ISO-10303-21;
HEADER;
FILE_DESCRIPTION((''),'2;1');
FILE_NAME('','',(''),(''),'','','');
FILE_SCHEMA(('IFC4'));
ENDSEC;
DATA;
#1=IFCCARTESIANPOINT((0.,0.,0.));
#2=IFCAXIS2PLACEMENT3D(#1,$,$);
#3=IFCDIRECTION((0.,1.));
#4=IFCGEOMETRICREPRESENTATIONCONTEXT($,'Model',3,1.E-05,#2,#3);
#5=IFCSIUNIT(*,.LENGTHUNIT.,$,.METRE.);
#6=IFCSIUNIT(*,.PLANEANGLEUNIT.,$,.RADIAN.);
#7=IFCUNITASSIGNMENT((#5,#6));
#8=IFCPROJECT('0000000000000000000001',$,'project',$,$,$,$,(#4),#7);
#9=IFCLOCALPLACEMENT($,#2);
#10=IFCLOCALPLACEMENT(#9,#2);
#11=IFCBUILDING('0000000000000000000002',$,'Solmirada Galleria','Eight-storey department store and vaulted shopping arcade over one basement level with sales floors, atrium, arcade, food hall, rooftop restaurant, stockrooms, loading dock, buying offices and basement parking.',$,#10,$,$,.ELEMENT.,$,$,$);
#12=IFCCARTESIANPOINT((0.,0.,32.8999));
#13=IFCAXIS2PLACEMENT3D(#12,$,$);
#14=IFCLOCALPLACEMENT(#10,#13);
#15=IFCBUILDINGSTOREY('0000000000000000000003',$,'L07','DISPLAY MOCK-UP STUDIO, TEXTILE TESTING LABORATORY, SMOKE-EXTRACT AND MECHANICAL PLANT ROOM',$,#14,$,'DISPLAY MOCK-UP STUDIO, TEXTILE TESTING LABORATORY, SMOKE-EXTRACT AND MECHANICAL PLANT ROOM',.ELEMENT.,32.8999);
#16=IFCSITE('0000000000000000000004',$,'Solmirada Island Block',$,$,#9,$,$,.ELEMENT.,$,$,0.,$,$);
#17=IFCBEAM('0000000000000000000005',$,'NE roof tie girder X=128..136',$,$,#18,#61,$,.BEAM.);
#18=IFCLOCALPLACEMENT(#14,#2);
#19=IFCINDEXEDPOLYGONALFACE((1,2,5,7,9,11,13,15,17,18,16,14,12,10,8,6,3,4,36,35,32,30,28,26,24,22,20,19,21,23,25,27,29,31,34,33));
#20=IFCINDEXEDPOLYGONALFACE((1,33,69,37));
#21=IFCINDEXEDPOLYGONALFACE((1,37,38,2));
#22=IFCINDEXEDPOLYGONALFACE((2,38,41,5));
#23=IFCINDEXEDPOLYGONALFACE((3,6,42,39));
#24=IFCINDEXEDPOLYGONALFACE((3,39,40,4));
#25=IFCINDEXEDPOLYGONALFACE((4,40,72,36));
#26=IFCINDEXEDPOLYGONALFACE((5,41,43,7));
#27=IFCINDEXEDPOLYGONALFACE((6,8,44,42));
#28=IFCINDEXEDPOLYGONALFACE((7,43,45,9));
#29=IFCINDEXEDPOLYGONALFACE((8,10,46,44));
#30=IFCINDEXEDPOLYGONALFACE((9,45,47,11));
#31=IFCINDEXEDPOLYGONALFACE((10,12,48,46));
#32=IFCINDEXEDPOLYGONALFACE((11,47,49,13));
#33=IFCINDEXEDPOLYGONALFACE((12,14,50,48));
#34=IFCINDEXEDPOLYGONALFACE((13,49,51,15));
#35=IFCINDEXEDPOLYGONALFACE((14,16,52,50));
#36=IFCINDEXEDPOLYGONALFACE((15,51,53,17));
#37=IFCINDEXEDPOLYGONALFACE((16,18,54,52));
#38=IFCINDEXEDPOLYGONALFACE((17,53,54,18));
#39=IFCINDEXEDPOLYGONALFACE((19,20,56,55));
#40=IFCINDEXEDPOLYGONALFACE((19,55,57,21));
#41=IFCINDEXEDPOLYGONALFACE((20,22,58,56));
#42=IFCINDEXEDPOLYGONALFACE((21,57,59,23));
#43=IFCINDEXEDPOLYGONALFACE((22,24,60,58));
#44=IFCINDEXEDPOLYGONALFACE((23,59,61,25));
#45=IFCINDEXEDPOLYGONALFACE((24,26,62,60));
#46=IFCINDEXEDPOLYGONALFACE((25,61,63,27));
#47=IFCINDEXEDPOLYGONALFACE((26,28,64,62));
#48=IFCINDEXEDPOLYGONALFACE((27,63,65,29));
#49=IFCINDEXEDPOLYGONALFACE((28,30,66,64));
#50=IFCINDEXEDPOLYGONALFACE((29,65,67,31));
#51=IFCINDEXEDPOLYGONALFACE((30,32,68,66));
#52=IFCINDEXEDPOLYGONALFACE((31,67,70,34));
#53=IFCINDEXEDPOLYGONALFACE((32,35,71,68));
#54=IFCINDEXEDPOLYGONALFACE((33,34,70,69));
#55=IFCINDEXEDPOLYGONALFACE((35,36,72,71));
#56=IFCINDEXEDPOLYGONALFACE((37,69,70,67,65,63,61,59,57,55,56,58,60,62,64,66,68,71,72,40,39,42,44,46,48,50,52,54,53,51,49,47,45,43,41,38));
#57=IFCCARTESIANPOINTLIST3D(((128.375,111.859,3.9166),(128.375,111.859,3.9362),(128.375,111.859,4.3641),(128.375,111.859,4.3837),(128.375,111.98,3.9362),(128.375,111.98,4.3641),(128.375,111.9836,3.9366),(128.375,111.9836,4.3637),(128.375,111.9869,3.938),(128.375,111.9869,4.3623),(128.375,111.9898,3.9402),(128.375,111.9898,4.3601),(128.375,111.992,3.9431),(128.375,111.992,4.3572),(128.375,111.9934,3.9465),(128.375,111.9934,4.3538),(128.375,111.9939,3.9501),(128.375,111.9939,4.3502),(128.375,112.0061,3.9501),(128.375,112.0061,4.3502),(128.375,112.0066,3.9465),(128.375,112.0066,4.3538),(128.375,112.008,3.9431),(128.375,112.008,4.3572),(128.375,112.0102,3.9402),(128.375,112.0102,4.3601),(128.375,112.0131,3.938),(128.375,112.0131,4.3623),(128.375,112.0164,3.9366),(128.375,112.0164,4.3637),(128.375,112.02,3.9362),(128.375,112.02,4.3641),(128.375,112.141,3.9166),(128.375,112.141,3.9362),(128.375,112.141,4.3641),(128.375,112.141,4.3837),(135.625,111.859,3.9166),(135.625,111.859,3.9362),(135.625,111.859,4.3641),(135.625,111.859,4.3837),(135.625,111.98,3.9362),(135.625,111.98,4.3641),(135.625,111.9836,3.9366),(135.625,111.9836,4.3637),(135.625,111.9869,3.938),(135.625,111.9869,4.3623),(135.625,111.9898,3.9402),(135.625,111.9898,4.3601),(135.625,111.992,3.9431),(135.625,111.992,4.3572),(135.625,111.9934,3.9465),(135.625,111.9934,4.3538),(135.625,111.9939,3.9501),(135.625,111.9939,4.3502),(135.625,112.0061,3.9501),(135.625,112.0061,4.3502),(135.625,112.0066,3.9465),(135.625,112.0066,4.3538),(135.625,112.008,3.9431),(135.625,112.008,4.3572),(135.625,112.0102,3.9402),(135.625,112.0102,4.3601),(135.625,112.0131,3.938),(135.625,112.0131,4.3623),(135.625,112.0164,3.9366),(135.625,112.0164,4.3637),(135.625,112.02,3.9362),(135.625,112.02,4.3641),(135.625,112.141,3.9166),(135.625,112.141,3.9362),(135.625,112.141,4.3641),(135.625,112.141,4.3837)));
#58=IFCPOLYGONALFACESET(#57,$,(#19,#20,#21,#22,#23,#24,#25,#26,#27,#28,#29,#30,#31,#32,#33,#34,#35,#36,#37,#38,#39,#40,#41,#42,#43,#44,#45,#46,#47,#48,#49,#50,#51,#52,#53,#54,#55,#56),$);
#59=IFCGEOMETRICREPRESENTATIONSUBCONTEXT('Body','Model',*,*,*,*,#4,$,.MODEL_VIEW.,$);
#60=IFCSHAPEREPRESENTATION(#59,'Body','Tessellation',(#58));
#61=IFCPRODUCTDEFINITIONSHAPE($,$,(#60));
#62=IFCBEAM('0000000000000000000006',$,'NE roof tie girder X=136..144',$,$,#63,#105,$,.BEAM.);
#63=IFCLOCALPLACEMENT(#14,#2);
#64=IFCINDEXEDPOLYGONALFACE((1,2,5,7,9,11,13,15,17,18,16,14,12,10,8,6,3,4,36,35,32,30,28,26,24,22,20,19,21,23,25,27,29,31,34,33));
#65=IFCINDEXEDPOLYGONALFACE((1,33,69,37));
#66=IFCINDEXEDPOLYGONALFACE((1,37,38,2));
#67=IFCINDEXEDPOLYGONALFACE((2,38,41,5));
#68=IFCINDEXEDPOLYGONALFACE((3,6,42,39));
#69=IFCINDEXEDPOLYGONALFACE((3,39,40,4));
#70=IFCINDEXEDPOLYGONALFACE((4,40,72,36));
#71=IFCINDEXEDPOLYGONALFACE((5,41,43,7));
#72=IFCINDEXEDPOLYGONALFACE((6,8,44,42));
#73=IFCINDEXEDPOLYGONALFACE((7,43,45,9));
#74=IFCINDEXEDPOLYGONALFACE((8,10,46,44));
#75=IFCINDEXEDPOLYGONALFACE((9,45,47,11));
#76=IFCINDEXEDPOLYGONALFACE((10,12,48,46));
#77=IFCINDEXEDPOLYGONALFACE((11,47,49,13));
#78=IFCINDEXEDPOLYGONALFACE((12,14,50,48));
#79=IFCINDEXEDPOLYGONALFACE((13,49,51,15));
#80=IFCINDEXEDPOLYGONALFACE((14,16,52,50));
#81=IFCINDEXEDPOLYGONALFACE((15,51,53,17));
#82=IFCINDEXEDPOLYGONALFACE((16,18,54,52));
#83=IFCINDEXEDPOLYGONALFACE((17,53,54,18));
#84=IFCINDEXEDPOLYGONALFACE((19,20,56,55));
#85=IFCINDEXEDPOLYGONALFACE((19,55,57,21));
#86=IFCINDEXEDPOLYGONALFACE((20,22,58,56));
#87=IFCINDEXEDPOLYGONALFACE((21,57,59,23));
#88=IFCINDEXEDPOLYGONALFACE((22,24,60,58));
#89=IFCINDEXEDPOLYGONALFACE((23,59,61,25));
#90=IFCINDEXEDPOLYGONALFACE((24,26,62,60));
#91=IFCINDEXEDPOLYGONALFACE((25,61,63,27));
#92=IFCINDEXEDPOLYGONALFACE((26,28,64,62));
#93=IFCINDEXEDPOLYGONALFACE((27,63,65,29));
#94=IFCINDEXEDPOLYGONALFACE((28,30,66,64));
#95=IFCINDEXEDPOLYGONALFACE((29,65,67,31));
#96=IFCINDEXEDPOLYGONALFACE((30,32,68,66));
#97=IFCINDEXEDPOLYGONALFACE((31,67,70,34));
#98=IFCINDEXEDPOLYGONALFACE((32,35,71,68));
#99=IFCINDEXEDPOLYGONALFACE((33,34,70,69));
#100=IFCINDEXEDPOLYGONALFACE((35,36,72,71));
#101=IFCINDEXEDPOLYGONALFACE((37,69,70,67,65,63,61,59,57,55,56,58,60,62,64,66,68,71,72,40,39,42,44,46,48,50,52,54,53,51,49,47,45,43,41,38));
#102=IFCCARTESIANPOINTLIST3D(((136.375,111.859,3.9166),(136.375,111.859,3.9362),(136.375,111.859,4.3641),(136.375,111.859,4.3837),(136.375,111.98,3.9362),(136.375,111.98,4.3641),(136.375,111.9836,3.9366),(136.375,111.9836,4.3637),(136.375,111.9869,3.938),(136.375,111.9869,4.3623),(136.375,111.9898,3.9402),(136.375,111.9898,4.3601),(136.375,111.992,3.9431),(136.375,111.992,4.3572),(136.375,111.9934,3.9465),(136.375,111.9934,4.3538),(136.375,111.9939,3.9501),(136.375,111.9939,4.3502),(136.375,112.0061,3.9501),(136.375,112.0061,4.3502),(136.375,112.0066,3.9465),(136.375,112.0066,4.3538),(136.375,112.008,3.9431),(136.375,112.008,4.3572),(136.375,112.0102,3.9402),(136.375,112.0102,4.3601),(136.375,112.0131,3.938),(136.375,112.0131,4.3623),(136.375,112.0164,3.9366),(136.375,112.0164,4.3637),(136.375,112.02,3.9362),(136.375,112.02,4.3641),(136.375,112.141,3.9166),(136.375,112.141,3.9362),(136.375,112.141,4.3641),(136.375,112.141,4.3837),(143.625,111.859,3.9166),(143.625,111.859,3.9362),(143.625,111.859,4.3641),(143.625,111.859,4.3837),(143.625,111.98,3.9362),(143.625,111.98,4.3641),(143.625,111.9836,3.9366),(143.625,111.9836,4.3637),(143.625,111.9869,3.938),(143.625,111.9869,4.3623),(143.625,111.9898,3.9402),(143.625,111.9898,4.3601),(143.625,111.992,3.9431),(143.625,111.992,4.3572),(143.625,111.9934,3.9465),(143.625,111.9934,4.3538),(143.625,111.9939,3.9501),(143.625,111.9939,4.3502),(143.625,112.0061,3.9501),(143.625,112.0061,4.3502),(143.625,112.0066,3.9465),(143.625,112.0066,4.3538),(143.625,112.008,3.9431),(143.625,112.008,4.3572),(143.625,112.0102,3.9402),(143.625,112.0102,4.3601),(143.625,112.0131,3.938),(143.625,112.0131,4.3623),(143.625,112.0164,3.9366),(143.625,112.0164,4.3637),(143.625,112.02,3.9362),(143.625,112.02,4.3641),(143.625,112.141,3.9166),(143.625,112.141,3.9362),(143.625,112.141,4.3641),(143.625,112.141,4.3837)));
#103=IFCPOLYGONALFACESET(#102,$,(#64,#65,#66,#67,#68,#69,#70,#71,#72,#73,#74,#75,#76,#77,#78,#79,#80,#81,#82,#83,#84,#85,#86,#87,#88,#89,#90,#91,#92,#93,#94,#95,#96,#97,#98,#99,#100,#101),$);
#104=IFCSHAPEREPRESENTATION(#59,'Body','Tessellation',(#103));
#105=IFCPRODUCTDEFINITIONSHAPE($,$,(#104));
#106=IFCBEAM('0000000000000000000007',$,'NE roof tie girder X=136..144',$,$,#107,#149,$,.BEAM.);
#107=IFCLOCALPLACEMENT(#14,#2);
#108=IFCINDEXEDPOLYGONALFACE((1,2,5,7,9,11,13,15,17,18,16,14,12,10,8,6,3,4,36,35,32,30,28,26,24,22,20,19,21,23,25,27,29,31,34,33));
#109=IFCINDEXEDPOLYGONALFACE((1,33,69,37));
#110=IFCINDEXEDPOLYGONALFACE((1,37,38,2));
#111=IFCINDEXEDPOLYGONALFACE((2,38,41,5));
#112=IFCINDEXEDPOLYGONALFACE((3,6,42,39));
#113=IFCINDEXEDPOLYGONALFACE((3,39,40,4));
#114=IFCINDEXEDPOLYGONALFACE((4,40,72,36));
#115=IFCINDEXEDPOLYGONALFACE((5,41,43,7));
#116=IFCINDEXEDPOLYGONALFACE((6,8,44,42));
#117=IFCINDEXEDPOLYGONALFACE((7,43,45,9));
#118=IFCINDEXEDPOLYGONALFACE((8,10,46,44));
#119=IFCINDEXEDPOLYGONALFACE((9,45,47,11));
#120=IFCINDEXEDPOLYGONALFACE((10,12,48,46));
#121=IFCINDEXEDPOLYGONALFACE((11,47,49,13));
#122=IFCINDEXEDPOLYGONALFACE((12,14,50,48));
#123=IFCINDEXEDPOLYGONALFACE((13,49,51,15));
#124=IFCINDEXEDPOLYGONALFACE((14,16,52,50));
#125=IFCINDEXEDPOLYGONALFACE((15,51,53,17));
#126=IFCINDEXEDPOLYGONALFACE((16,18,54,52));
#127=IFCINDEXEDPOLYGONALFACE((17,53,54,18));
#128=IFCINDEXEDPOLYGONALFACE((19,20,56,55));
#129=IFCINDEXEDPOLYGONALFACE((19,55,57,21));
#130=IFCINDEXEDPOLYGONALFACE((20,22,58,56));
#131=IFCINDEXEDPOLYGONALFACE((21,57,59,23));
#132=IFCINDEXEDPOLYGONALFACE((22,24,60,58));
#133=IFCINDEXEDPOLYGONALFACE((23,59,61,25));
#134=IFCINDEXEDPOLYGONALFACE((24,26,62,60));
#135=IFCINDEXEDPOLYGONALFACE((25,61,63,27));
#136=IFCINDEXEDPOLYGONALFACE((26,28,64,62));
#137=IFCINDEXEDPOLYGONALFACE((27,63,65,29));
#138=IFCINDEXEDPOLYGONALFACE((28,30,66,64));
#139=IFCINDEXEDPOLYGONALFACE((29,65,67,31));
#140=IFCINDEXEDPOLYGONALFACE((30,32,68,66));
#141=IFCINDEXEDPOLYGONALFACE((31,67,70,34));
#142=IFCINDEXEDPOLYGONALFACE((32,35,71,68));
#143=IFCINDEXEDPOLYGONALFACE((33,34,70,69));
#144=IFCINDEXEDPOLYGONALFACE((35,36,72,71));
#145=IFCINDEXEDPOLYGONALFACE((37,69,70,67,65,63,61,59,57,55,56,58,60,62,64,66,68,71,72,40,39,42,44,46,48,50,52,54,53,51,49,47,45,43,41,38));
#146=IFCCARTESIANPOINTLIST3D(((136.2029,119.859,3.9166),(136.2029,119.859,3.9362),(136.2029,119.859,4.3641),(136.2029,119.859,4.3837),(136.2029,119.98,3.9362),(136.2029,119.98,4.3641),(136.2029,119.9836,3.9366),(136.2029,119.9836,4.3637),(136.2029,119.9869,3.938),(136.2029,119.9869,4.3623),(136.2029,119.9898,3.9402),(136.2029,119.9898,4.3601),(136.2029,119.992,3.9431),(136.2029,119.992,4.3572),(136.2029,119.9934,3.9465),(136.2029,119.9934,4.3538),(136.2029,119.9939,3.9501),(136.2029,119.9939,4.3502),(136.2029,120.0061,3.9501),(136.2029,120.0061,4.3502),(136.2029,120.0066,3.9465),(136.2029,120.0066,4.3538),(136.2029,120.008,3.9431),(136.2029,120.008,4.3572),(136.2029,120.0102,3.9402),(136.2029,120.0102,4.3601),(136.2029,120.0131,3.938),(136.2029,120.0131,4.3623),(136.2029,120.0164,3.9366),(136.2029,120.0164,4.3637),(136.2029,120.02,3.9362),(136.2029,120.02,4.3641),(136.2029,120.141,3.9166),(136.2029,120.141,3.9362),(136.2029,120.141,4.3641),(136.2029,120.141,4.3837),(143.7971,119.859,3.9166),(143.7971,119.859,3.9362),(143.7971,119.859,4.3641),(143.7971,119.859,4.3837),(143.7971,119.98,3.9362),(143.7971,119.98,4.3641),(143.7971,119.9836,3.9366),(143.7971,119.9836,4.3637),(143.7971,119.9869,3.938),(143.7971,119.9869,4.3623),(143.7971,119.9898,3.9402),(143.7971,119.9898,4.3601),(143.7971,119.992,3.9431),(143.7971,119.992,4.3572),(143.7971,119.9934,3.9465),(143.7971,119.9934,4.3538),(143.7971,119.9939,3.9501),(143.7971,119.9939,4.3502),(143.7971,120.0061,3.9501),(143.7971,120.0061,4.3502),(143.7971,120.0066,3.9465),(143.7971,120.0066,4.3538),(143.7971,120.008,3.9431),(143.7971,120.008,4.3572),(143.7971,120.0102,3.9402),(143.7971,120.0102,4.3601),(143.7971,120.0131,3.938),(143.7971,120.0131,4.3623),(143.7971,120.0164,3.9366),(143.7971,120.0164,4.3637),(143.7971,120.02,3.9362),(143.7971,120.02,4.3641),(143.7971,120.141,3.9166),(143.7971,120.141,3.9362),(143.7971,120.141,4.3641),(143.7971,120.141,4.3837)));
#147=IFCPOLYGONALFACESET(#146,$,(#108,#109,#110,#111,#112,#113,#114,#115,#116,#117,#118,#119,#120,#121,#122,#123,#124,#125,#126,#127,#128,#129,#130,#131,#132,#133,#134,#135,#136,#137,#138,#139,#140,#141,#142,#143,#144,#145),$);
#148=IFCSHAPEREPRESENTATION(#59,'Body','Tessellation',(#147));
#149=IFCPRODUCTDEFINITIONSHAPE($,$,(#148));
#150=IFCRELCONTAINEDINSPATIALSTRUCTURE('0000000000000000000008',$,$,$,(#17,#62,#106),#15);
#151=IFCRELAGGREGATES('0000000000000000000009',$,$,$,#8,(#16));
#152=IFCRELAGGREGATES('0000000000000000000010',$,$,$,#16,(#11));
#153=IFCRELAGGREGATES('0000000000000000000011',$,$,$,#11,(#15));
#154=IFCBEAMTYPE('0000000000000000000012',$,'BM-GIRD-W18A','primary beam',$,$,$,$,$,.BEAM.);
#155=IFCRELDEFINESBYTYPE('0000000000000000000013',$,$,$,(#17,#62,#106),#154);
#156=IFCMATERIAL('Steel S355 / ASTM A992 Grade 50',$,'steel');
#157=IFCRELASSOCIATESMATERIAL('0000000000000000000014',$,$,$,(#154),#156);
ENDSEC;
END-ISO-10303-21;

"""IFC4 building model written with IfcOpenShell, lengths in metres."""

from ifc_helpers import new_model, si_unit, direction, frame, origin, origin_2d, place, context, subcontext, project, spatial, i_section, extrude, material, material_profile, profile_set, type_object, element, save


model = new_model("IFC4")

# Units and contexts
model_context = context("Model", 3, precision=1e-05, world=origin(), true_north=direction((0.0, 1.0)))
body_context = subcontext(model_context, "Body", "Model", "MODEL_VIEW")
ifc_project = project(units=[si_unit("LENGTHUNIT", "METRE"), si_unit("PLANEANGLEUNIT", "RADIAN")], contexts=[model_context])

# Site, building, storey
site_placement = place(None, origin())
site = spatial("IfcSite", under=ifc_project, at=site_placement, Name="Solmirada Island Block", CompositionType="ELEMENT", RefElevation=0.0)
building_placement = place(site_placement, origin())
building = spatial("IfcBuilding", under=site, at=building_placement, Name="Solmirada Galleria", Description="Eight-storey department store and vaulted shopping arcade over one basement level with sales floors, atrium, arcade, food hall, rooftop restaurant, stockrooms, loading dock, buying offices and basement parking.", CompositionType="ELEMENT")
storey_placement = place(building_placement, frame((0.0, 0.0, 32.8999)))
storey = spatial("IfcBuildingStorey", under=building, at=storey_placement, Name="L07", Description="DISPLAY MOCK-UP STUDIO, TEXTILE TESTING LABORATORY, SMOKE-EXTRACT AND MECHANICAL PLANT ROOM", LongName="DISPLAY MOCK-UP STUDIO, TEXTILE TESTING LABORATORY, SMOKE-EXTRACT AND MECHANICAL PLANT ROOM", CompositionType="ELEMENT", Elevation=32.8999)

# Beams
ifc_material_1 = material(Name="Steel S355 / ASTM A992 Grade 50", Category="steel")
ifc_material_profile_1 = material_profile(ifc_material_1, i_section(OverallWidth=0.282, OverallDepth=0.467, WebThickness=0.0122, FlangeThickness=0.0195, FilletRadius=0.0139, at=origin_2d()), Name="W18X86")
ifc_profile_set_1 = profile_set([ifc_material_profile_1], Name="Steel S355 / ASTM A992 Grade 50")
beam_type = type_object("IfcBeamType", Name="BM-GIRD-W18A", Description="primary beam", PredefinedType="BEAM", material=ifc_profile_set_1)
for number, where, z_axis, x_axis, name in (
    (1, (128.375, 112.0, 4.1501), (1.0, 0.0, 0.0), (0.0, 1.0, 0.0), "NE roof tie girder X=128..136"),
    (2, (136.375, 112.0, 4.1501), (1.0, 0.0, 0.0), (0.0, 1.0, 0.0), "NE roof tie girder X=136..144"),
):
    element("IfcBeam", number, at=place(storey_placement, frame(where, z_axis=z_axis, x_axis=x_axis)), inside=storey, type_object=beam_type, Name=name, PredefinedType="BEAM", context=body_context, shape_type="SweptSolid", body=[
        extrude(i_section(OverallWidth=0.282, OverallDepth=0.467, WebThickness=0.0122, FlangeThickness=0.0195, FilletRadius=0.0139, at=origin_2d()), origin(), (0.0, 0.0, 1.0), 7.25),
    ])
beam_placement = place(storey_placement, frame((136.2029, 120.0, 4.1501), z_axis=(1.0, 0.0, 0.0), x_axis=(0.0, 1.0, 0.0)))
element("IfcBeam", 3, at=beam_placement, inside=storey, type_object=beam_type, Name="NE roof tie girder X=136..144", PredefinedType="BEAM", context=body_context, shape_type="SweptSolid", body=[
    extrude(i_section(OverallWidth=0.282, OverallDepth=0.467, WebThickness=0.0122, FlangeThickness=0.0195, FilletRadius=0.0139, at=origin_2d()), origin(), (0.0, 0.0, 1.0), 7.5942),
])

save(model, "model.ifc")
